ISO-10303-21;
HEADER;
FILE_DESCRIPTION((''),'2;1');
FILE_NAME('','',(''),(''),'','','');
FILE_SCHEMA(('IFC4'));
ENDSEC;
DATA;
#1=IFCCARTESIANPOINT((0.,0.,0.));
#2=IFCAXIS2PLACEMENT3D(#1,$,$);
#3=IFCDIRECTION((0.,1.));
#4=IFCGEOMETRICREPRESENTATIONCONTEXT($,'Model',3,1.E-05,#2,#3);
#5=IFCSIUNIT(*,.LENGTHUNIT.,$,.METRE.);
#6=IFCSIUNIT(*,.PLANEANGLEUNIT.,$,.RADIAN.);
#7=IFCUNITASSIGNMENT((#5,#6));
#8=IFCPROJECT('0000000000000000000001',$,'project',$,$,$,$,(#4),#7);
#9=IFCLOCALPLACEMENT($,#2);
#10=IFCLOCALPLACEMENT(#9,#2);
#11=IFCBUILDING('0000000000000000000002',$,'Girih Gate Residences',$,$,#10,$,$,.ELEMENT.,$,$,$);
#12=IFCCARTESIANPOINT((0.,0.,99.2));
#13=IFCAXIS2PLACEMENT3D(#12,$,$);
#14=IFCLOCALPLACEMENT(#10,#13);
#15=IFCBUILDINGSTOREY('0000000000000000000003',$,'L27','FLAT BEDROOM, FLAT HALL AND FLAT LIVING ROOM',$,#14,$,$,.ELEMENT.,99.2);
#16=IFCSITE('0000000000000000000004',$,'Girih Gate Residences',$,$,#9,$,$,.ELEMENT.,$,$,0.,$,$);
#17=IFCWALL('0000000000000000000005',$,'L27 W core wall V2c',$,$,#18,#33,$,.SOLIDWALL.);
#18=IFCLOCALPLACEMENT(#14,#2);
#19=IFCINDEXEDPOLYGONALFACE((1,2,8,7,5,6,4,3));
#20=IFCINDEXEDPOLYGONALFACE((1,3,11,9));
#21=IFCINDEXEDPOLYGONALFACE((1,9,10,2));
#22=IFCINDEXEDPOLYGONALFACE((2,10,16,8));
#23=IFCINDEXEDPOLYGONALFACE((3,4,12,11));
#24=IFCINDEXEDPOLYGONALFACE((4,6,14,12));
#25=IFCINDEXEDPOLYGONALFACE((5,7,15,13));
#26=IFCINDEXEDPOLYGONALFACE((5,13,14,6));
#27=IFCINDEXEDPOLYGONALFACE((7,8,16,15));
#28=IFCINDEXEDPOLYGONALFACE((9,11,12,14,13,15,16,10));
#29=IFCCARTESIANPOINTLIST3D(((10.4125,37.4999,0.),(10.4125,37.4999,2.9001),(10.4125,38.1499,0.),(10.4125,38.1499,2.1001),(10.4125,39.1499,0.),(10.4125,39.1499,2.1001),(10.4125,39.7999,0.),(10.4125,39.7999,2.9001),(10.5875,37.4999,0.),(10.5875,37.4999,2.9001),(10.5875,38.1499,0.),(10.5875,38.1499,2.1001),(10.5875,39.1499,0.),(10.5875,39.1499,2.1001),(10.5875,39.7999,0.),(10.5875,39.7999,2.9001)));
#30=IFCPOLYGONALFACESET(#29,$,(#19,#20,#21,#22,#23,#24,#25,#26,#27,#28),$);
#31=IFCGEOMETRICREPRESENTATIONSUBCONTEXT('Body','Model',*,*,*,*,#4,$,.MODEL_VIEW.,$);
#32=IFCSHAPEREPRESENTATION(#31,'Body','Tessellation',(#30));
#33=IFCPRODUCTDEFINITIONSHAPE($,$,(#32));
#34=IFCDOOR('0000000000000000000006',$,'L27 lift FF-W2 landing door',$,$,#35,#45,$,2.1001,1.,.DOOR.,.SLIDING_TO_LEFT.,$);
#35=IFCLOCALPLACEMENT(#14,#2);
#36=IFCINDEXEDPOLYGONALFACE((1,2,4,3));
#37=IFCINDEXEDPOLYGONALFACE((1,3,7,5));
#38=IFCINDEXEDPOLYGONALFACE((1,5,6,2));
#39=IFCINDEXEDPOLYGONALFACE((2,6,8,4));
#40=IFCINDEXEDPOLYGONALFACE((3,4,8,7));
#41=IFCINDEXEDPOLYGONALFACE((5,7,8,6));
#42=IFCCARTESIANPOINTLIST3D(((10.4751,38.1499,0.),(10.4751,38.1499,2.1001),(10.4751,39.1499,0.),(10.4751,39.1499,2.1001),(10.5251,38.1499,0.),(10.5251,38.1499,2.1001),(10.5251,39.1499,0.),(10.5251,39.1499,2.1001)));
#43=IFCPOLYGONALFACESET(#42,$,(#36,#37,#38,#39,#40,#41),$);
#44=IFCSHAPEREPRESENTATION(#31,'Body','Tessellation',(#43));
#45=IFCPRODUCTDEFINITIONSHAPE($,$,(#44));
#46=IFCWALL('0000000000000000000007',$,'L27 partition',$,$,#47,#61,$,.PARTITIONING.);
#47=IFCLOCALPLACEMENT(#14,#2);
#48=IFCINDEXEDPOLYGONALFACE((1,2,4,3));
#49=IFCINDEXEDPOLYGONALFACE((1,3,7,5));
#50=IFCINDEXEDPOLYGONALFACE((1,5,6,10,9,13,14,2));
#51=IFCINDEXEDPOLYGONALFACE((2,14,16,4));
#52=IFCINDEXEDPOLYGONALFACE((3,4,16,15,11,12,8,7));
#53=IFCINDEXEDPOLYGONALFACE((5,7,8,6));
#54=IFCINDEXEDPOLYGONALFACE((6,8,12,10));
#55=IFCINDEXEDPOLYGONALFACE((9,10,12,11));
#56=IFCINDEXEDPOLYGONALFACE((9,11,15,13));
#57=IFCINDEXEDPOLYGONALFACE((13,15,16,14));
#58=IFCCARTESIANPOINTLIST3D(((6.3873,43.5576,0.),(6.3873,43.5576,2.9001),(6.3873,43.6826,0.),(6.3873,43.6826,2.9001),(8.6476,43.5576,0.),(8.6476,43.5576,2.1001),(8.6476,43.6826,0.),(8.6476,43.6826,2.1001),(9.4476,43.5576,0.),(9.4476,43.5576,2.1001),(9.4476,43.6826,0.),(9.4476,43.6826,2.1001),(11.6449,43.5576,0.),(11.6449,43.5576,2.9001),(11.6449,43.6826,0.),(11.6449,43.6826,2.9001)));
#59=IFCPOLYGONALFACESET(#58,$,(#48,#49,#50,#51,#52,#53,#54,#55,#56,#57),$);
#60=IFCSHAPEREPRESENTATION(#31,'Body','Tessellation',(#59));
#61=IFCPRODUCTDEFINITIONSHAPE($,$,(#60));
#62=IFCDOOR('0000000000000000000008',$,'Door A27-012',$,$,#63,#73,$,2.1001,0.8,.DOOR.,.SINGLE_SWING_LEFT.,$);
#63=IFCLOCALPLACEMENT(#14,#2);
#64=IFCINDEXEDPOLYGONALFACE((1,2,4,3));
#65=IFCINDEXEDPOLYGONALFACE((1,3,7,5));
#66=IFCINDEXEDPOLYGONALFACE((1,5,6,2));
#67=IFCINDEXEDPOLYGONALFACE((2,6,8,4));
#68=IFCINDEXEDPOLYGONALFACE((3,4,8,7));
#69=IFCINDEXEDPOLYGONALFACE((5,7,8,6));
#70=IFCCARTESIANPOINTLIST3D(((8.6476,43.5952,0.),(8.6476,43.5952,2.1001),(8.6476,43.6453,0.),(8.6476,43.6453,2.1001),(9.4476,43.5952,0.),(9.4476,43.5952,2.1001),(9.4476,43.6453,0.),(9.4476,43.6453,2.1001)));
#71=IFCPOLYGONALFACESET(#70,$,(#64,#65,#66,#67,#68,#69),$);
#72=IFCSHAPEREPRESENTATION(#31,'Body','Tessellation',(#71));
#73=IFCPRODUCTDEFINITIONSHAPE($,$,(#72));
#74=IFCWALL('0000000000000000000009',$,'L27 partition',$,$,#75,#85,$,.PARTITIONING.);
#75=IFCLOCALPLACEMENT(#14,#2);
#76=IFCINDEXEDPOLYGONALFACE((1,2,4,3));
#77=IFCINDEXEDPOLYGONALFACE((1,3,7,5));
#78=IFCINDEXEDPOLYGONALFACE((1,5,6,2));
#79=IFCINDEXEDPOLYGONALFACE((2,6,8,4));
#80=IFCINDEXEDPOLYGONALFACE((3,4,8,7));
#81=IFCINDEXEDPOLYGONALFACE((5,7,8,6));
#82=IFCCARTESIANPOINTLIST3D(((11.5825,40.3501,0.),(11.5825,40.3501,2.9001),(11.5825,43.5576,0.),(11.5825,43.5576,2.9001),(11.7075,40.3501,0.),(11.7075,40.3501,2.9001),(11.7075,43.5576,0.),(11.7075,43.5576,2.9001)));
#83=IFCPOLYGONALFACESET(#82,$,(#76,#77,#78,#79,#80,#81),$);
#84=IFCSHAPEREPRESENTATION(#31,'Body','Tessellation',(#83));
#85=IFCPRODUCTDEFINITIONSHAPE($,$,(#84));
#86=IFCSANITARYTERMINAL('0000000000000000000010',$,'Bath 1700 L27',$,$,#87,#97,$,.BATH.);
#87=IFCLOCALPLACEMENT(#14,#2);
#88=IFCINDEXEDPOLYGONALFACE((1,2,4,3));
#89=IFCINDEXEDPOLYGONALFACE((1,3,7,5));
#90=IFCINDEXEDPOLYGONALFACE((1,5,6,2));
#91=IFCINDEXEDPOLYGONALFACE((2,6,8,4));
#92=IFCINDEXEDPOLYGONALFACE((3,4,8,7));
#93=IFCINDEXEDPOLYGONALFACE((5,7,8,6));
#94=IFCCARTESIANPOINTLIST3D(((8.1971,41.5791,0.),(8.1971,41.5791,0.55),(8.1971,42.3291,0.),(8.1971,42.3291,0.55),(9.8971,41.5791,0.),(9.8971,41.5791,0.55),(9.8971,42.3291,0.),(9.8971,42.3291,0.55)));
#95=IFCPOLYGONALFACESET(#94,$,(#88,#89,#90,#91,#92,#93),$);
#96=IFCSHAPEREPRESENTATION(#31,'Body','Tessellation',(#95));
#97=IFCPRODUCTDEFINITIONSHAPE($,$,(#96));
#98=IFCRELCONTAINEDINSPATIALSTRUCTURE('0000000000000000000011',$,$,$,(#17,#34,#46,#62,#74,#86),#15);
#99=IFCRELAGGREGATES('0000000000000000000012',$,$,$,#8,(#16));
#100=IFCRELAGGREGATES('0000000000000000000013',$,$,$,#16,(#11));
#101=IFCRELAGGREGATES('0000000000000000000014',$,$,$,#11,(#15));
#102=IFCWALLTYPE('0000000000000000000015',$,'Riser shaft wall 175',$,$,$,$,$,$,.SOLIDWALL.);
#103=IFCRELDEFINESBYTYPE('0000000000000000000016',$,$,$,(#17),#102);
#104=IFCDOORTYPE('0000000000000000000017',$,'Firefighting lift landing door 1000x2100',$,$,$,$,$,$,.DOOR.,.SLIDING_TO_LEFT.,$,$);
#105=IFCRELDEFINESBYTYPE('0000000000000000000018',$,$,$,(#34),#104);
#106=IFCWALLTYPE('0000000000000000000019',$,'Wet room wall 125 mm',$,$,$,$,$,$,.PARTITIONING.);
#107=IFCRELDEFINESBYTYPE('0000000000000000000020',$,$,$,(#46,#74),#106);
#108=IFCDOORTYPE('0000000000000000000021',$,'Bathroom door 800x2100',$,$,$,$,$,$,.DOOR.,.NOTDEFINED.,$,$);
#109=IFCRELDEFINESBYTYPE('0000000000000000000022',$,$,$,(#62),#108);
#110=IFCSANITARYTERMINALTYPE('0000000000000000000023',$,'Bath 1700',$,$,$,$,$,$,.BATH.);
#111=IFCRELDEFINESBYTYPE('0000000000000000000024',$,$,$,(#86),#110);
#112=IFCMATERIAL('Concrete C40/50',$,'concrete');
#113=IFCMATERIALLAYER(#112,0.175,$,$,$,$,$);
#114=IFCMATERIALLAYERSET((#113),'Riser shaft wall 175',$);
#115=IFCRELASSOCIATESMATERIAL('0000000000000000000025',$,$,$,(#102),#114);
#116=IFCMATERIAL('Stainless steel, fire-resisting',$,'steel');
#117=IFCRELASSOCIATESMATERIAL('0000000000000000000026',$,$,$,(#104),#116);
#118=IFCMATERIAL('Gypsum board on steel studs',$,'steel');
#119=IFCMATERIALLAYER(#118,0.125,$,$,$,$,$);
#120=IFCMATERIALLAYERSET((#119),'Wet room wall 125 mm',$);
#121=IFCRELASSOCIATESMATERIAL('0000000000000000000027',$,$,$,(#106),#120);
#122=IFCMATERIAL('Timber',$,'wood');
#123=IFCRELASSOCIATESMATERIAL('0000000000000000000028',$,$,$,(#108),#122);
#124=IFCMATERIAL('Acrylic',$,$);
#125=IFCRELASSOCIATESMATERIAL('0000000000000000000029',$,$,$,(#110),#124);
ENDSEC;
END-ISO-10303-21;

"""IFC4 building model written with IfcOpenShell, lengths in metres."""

from ifc_helpers import new_model, si_unit, direction, frame, frame_2d, origin, origin_2d, place, context, subcontext, project, spatial, rectangle, extrude, material, layer, layer_set, type_object, element, fill, save


model = new_model("IFC4")

# Units and contexts
model_context = context("Model", 3, precision=1e-05, world=origin(), true_north=direction((0.0, 1.0)))
body_context = subcontext(model_context, "Body", "Model", "MODEL_VIEW")
ifc_project = project(units=[si_unit("LENGTHUNIT", "METRE"), si_unit("PLANEANGLEUNIT", "RADIAN")], contexts=[model_context])

# Site, building, storey
site_placement = place(None, origin())
site = spatial("IfcSite", under=ifc_project, at=site_placement, Name="Girih Gate Residences", CompositionType="ELEMENT", RefElevation=0.0)
building_placement = place(site_placement, origin())
building = spatial("IfcBuilding", under=site, at=building_placement, Name="Girih Gate Residences", CompositionType="ELEMENT")
storey_placement = place(building_placement, frame((0.0, 0.0, 99.2)))
storey = spatial("IfcBuildingStorey", under=building, at=storey_placement, Name="L27", Description="FLAT BEDROOM, FLAT HALL AND FLAT LIVING ROOM", CompositionType="ELEMENT", Elevation=99.2)

# Shared definitions
ifc_material_1 = material(Name="Gypsum board on steel studs", Category="steel")

# Shared definitions
ifc_material_2 = material(Name="Timber", Category="wood")

# Walls, openings, doors
ifc_material_3 = material(Name="Concrete C40/50", Category="concrete")
ifc_layer_1 = layer(ifc_material_3, 0.175)
ifc_layer_set_1 = layer_set([ifc_layer_1], Name="Riser shaft wall 175")
wall_type_1 = type_object("IfcWallType", Name="Riser shaft wall 175", PredefinedType="SOLIDWALL", material=ifc_layer_set_1)
wall_1_placement = place(storey_placement, frame((10.5, 37.5, 0.0), z_axis=(0.0, 0.0, 1.0), x_axis=(0.0, 1.0, 0.0)))
wall_1 = element("IfcWall", 1, at=wall_1_placement, inside=storey, type_object=wall_type_1, Name="L27 W core wall V2c", PredefinedType="SOLIDWALL", context=body_context, shape_type="SweptSolid", body=[
    extrude(rectangle(XDim=2.3, YDim=0.175, at=frame_2d((1.1499, 0.0))), origin(), (0.0, 0.0, 1.0), 2.9001),
])
opening_1_placement = place(wall_1_placement, frame((0.6499, 0.0, 0.0)))
opening_1 = element("IfcOpeningElement", 2, at=opening_1_placement, cuts=wall_1, PredefinedType="OPENING", context=body_context, shape_type="SweptSolid", body=[
    extrude(rectangle(XDim=1.0, YDim=2.1001, at=frame_2d((0.5, 1.05))), frame((0.0, 0.0974, 0.0), z_axis=(0.0, -1.0, 0.0), x_axis=(1.0, 0.0, 0.0)), (0.0, 0.0, 1.0), 0.1951),
])
ifc_material_4 = material(Name="Stainless steel, fire-resisting", Category="steel")
door_type_1 = type_object("IfcDoorType", Name="Firefighting lift landing door 1000x2100", OperationType="SLIDING_TO_LEFT", PredefinedType="DOOR", material=ifc_material_4)
door_1_placement = place(opening_1_placement, origin())
door_1 = element("IfcDoor", 3, at=door_1_placement, inside=storey, type_object=door_type_1, Name="L27 lift FF-W2 landing door", OperationType="SLIDING_TO_LEFT", OverallHeight=2.1001, OverallWidth=1.0, PredefinedType="DOOR", context=body_context, shape_type="SweptSolid", body=[
    extrude(rectangle(XDim=1.0, YDim=2.1001, at=frame_2d((0.5, 1.05))), frame((0.0, 0.0249, 0.0), z_axis=(0.0, -1.0, 0.0), x_axis=(1.0, 0.0, 0.0)), (0.0, 0.0, 1.0), 0.05),
])
fill(opening_1, door_1)
ifc_layer_2 = layer(ifc_material_1, 0.125)
ifc_layer_set_2 = layer_set([ifc_layer_2], Name="Wet room wall 125 mm")
wall_type_2 = type_object("IfcWallType", Name="Wet room wall 125 mm", PredefinedType="PARTITIONING", material=ifc_layer_set_2)
wall_2_placement = place(storey_placement, frame((11.645, 43.6201, 0.0), z_axis=(0.0, 0.0, 1.0), x_axis=(-1.0, 0.0, 0.0)))
wall_2 = element("IfcWall", 4, at=wall_2_placement, inside=storey, type_object=wall_type_2, Name="L27 partition", PredefinedType="PARTITIONING", context=body_context, shape_type="SweptSolid", body=[
    extrude(rectangle(XDim=5.2576, YDim=0.125, at=frame_2d((2.6289, 0.0))), origin(), (0.0, 0.0, 1.0), 2.9001),
])
opening_2_placement = place(wall_2_placement, frame((2.1975, 0.0, 0.0)))
opening_2 = element("IfcOpeningElement", 5, at=opening_2_placement, cuts=wall_2, PredefinedType="OPENING", context=body_context, shape_type="SweptSolid", body=[
    extrude(rectangle(XDim=0.8, YDim=2.1001, at=frame_2d((0.3999, 1.05))), frame((0.0, 0.0725, 0.0), z_axis=(0.0, -1.0, 0.0), x_axis=(1.0, 0.0, 0.0)), (0.0, 0.0, 1.0), 0.145),
])
door_type_2 = type_object("IfcDoorType", Name="Bathroom door 800x2100", OperationType="NOTDEFINED", PredefinedType="DOOR", material=ifc_material_2)
door_2_placement = place(opening_2_placement, origin())
door_2 = element("IfcDoor", 6, at=door_2_placement, inside=storey, type_object=door_type_2, Name="Door A27-012", OperationType="SINGLE_SWING_LEFT", OverallHeight=2.1001, OverallWidth=0.8, PredefinedType="DOOR", context=body_context, shape_type="SweptSolid", body=[
    extrude(rectangle(XDim=0.8, YDim=2.1001, at=frame_2d((0.3999, 1.05))), frame((0.0, 0.0249, 0.0), z_axis=(0.0, -1.0, 0.0), x_axis=(1.0, 0.0, 0.0)), (0.0, 0.0, 1.0), 0.05),
])
fill(opening_2, door_2)

# Wall
wall_3_placement = place(storey_placement, frame((11.645, 40.3501, 0.0), z_axis=(0.0, 0.0, 1.0), x_axis=(0.0, 1.0, 0.0)))
element("IfcWall", 7, at=wall_3_placement, inside=storey, type_object=wall_type_2, Name="L27 partition", PredefinedType="PARTITIONING", context=body_context, shape_type="SweptSolid", body=[
    extrude(rectangle(XDim=3.2075, YDim=0.125, at=frame_2d((1.6038, 0.0))), origin(), (0.0, 0.0, 1.0), 2.9001),
])

# Sanitary terminal
ifc_material_5 = material(Name="Acrylic")
sanitary_terminal_type = type_object("IfcSanitaryTerminalType", Name="Bath 1700", PredefinedType="BATH", material=ifc_material_5)
sanitary_terminal_placement = place(storey_placement, frame((9.0471, 41.9541, 0.0), z_axis=(0.0, 0.0, 1.0), x_axis=(1.0, 0.0, 0.0)))
element("IfcSanitaryTerminal", 8, at=sanitary_terminal_placement, inside=storey, type_object=sanitary_terminal_type, Name="Bath 1700 L27", PredefinedType="BATH", context=body_context, shape_type="SweptSolid", body=[
    extrude(rectangle(XDim=1.7, YDim=0.75, at=origin_2d()), origin(), (0.0, 0.0, 1.0), 0.55),
])

save(model, "model.ifc")
